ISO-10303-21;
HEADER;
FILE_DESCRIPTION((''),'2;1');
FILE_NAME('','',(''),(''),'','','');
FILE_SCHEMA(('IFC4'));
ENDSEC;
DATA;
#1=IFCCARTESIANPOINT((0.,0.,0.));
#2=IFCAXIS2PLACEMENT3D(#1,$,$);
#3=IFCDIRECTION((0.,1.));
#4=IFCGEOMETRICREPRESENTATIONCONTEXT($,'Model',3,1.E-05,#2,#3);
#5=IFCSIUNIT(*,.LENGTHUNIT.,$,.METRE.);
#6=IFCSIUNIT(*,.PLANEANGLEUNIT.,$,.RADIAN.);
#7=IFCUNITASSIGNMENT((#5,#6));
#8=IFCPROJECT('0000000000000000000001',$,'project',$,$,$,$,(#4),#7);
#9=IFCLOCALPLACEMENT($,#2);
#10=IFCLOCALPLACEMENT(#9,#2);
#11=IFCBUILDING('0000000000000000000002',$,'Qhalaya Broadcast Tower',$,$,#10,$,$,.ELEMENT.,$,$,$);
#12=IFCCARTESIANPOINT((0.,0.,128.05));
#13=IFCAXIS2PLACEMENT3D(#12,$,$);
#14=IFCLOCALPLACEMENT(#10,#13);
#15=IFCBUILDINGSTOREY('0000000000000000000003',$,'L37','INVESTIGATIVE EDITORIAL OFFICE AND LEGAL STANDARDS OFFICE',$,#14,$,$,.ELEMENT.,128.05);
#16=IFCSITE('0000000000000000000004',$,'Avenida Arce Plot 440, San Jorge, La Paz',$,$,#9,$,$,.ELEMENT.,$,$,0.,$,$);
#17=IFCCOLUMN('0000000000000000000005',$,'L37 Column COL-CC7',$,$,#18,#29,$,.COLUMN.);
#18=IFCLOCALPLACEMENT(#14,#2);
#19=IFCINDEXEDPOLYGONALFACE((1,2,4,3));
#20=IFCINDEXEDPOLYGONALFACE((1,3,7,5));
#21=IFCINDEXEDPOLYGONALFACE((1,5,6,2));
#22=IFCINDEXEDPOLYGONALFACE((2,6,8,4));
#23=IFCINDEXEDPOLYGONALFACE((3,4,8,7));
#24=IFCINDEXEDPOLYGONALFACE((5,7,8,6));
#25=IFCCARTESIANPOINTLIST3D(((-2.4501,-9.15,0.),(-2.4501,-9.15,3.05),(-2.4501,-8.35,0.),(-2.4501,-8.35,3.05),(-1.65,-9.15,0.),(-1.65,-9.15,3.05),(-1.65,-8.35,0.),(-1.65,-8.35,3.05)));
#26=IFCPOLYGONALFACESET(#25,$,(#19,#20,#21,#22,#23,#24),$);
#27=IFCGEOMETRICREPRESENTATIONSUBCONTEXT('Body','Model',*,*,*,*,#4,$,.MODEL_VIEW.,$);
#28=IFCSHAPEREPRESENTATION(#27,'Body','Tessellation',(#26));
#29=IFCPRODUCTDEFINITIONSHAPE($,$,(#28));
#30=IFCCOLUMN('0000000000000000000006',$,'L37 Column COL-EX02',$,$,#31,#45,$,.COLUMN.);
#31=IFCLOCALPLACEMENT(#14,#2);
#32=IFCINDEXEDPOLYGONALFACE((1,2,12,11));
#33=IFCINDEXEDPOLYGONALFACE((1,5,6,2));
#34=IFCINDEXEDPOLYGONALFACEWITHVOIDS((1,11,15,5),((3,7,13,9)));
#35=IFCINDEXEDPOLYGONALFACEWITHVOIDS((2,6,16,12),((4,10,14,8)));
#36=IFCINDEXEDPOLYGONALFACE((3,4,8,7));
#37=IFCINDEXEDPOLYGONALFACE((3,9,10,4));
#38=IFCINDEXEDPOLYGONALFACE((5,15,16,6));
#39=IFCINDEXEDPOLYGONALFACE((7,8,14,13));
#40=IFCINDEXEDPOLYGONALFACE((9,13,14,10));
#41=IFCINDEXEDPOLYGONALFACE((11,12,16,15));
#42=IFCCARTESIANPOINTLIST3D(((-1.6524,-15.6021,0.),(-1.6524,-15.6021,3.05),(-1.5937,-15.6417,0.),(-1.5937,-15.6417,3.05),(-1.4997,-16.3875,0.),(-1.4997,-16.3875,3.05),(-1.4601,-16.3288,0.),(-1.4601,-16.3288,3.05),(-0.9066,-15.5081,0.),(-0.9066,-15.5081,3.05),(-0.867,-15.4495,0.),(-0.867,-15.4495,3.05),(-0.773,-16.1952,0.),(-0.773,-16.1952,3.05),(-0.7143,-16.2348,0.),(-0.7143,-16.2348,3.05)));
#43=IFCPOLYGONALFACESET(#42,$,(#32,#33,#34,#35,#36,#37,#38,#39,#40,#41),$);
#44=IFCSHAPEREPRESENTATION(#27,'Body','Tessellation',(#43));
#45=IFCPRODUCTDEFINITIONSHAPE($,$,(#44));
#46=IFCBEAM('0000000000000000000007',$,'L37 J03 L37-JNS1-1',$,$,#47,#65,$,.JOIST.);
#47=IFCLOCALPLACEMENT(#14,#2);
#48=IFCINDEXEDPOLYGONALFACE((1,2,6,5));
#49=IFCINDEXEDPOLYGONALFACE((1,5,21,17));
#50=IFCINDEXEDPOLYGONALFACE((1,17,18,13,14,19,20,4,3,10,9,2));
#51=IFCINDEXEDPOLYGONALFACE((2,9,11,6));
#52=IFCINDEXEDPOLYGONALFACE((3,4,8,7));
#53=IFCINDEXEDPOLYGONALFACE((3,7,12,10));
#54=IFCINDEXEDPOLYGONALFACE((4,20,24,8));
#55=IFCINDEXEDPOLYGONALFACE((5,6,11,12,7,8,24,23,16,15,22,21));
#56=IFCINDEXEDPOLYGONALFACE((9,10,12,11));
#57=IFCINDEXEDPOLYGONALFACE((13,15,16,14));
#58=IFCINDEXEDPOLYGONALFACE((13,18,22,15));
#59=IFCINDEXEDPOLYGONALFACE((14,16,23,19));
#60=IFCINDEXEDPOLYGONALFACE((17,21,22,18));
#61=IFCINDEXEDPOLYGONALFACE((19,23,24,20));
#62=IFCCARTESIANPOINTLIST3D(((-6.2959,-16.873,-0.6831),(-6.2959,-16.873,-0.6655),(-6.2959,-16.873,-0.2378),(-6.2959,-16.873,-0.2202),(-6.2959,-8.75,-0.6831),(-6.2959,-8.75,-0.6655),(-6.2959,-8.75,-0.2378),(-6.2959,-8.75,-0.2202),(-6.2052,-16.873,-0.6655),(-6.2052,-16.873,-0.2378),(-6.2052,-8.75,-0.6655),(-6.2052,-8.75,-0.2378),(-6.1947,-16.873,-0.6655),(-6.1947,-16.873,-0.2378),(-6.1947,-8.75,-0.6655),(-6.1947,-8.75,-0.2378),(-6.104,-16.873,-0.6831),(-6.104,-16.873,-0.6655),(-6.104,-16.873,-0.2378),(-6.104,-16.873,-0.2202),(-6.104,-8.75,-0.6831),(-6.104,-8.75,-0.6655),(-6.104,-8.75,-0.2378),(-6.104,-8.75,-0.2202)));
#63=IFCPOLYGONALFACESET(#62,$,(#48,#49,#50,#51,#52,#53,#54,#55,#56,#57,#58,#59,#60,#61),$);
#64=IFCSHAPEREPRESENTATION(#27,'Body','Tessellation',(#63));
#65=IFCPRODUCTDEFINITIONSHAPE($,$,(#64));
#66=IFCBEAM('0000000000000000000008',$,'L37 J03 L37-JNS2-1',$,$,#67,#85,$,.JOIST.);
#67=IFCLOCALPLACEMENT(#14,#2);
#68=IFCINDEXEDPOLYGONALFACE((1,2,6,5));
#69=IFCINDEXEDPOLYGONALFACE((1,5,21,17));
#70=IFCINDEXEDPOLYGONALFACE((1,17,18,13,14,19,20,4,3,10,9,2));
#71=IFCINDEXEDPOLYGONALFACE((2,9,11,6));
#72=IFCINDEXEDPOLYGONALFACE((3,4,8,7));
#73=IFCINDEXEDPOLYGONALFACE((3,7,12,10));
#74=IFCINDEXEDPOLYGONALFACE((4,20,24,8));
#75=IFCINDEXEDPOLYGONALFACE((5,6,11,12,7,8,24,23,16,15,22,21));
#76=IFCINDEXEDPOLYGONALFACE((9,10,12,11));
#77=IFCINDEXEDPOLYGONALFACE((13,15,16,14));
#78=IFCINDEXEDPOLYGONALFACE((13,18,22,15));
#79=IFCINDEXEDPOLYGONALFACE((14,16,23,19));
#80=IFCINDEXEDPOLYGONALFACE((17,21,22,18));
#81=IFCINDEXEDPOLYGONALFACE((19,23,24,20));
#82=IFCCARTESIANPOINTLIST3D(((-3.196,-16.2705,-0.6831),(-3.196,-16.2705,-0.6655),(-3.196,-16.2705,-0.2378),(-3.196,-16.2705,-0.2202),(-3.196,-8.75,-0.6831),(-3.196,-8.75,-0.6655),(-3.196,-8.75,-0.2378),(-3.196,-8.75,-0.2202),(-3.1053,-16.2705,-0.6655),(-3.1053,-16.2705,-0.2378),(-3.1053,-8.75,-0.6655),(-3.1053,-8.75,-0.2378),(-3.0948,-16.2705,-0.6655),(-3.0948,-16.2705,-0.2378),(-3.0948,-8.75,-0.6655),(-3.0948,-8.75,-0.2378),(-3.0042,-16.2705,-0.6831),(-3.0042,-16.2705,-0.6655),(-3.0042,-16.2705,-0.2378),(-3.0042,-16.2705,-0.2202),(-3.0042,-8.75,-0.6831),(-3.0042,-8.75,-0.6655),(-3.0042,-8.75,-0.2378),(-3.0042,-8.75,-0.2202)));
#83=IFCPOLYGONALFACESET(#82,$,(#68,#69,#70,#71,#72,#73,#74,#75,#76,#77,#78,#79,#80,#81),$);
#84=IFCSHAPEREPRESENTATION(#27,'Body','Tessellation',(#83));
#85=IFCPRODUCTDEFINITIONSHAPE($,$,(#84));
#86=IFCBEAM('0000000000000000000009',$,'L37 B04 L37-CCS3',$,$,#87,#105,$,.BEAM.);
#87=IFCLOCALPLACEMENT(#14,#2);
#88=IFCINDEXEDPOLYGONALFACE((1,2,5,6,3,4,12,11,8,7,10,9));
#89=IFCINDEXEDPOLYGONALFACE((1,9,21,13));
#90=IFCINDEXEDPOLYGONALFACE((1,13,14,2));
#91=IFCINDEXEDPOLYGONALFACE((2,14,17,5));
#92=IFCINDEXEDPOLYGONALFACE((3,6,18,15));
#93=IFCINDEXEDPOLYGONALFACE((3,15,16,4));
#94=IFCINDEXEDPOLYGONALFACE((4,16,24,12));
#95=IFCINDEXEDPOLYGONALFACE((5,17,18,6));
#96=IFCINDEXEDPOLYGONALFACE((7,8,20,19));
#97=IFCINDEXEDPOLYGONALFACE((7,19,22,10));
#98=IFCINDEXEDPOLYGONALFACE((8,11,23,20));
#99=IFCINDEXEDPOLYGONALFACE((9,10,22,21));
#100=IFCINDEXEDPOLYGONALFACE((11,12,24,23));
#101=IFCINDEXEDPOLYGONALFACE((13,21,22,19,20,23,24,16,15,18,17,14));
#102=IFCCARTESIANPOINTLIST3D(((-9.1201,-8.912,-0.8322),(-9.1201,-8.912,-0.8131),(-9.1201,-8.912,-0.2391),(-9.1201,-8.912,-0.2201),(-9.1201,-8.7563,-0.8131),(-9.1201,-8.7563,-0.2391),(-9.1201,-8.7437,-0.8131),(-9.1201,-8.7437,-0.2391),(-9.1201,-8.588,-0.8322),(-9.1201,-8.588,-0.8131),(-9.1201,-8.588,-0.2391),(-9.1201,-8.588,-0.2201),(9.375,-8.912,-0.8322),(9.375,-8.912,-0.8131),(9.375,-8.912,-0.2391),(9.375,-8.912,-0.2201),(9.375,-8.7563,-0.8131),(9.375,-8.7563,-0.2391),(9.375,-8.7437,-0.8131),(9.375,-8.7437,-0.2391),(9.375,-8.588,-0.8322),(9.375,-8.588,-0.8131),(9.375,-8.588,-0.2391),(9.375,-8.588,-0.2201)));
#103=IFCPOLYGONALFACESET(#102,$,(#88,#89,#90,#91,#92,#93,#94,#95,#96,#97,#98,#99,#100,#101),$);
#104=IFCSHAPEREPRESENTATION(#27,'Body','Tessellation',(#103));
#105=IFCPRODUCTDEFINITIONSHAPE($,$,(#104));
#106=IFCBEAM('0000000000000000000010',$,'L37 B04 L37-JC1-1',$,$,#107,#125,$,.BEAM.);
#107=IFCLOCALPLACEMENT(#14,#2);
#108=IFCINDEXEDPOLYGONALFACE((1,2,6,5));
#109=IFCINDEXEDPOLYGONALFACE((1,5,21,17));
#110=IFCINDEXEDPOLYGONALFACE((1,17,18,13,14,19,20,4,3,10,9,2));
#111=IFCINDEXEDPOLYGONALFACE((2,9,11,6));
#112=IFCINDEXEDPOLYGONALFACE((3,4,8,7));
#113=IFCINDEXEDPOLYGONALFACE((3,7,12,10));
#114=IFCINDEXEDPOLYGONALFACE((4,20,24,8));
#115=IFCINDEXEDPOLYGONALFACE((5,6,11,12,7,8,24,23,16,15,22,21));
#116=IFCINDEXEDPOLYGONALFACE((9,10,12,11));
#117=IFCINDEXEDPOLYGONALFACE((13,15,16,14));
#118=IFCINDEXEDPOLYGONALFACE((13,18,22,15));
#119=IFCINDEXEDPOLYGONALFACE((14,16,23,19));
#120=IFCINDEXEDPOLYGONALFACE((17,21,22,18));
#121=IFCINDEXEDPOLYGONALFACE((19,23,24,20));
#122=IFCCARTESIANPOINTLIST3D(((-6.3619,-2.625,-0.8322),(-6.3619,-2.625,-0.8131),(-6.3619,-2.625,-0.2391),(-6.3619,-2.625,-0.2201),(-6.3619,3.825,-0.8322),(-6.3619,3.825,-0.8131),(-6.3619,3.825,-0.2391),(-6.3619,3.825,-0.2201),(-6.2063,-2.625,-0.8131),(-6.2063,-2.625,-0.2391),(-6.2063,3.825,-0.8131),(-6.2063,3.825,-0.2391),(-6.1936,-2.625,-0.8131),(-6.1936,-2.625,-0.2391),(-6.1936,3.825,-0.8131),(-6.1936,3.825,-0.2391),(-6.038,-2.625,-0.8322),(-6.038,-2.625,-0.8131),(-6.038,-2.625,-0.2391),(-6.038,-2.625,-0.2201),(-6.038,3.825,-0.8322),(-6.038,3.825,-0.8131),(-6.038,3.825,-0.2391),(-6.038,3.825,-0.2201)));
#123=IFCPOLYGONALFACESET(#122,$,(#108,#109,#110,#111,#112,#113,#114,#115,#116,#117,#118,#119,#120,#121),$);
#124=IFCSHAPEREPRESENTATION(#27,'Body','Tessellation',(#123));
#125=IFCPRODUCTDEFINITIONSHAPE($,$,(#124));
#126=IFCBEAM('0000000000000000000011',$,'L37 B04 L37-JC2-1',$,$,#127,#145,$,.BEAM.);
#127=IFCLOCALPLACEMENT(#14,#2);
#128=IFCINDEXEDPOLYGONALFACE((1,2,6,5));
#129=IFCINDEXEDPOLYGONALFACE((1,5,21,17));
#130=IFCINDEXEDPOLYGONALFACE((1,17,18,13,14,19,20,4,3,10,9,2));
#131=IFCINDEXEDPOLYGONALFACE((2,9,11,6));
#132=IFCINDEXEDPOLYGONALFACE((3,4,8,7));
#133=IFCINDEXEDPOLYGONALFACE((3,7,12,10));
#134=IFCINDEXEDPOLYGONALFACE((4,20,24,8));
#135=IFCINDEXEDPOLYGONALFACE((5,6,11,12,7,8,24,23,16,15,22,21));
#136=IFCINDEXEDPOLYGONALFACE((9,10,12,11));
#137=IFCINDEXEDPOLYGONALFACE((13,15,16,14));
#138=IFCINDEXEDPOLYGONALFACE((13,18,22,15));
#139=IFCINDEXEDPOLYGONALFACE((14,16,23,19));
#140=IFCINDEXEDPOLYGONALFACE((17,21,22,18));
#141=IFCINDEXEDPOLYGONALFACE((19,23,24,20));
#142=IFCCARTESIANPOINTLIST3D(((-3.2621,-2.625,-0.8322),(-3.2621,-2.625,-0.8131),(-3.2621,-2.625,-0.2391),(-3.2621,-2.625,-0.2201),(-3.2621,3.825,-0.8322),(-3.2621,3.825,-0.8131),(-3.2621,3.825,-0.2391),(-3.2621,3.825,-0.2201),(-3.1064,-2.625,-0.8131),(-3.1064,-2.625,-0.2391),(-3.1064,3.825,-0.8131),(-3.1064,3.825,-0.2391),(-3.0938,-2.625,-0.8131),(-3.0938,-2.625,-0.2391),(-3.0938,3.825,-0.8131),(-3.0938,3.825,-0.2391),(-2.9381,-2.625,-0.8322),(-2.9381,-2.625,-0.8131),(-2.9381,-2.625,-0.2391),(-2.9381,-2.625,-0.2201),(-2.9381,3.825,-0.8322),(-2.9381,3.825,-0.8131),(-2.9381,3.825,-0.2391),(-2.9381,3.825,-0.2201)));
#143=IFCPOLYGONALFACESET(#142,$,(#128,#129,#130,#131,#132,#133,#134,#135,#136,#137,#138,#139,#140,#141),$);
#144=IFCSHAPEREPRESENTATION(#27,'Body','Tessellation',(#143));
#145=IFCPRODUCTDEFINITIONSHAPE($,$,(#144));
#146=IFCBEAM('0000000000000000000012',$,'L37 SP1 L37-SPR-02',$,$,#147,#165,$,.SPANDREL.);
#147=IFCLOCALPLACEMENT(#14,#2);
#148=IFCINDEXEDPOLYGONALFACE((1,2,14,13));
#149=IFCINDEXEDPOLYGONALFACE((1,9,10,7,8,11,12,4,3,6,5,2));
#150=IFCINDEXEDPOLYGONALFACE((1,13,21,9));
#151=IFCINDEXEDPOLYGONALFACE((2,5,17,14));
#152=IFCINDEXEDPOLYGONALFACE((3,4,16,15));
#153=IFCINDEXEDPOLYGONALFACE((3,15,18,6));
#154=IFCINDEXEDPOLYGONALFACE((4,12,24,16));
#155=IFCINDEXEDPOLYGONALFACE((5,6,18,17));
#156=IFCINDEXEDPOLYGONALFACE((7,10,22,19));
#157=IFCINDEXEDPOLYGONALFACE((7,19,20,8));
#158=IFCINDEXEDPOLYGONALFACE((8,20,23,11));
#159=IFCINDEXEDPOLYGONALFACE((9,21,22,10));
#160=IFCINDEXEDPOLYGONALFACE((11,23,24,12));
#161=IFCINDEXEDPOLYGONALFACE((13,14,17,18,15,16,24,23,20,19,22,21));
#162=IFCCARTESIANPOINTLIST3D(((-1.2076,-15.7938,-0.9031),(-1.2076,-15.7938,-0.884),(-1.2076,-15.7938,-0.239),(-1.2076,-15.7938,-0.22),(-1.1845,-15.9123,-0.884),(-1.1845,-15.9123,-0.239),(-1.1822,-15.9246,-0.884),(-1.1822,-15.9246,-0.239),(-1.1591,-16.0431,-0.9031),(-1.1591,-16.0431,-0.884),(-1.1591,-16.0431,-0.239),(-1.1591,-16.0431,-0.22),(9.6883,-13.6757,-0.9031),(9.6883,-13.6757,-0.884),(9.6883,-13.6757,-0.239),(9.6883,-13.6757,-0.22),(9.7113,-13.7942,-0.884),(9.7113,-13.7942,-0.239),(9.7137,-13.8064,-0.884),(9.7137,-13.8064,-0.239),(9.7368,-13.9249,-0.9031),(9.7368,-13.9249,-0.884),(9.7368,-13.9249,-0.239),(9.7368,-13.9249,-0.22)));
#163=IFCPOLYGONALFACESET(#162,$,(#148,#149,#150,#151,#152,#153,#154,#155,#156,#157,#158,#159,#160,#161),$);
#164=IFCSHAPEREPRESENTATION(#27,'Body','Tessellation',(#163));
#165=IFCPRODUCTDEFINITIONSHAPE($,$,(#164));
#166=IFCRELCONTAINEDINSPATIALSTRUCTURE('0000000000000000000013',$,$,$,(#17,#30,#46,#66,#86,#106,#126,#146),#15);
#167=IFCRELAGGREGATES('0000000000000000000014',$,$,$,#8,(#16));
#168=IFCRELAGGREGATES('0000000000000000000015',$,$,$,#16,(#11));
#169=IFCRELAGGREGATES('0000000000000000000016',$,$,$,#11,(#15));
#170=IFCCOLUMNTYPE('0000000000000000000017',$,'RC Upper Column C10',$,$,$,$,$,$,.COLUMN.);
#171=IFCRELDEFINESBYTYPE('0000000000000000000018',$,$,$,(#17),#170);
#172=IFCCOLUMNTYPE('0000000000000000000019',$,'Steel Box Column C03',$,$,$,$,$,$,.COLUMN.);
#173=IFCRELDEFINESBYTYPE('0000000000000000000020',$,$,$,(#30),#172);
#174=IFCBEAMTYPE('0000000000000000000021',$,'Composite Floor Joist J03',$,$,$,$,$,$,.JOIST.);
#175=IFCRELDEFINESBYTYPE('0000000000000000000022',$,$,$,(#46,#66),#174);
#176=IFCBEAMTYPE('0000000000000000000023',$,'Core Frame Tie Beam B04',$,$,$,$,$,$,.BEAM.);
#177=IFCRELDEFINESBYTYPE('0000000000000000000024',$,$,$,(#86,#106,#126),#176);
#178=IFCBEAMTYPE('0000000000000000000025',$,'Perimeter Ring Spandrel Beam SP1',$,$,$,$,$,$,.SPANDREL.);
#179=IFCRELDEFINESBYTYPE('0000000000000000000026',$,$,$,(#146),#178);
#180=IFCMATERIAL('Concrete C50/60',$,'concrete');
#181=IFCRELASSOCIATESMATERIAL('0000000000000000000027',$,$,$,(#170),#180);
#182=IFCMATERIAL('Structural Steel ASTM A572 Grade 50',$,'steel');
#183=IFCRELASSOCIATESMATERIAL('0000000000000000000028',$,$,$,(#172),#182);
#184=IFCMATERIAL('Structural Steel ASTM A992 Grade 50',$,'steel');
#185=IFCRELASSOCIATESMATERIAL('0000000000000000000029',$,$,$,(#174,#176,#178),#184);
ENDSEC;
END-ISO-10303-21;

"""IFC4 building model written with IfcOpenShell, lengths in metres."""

from ifc_helpers import new_model, si_unit, direction, frame, origin, origin_2d, place, context, subcontext, project, spatial, rectangle, hollow_rectangle, i_section, extrude, material, material_profile, profile_set, type_object, element, save


model = new_model("IFC4")

# Units and contexts
model_context = context("Model", 3, precision=1e-05, world=origin(), true_north=direction((0.0, 1.0)))
body_context = subcontext(model_context, "Body", "Model", "MODEL_VIEW")
ifc_project = project(units=[si_unit("LENGTHUNIT", "METRE"), si_unit("PLANEANGLEUNIT", "RADIAN")], contexts=[model_context])

# Site, building, storey
site_placement = place(None, origin())
site = spatial("IfcSite", under=ifc_project, at=site_placement, Name="Avenida Arce Plot 440, San Jorge, La Paz", CompositionType="ELEMENT", RefElevation=0.0)
building_placement = place(site_placement, origin())
building = spatial("IfcBuilding", under=site, at=building_placement, Name="Qhalaya Broadcast Tower", CompositionType="ELEMENT")
storey_placement = place(building_placement, frame((0.0, 0.0, 128.05)))
storey = spatial("IfcBuildingStorey", under=building, at=storey_placement, Name="L37", Description="INVESTIGATIVE EDITORIAL OFFICE AND LEGAL STANDARDS OFFICE", CompositionType="ELEMENT", Elevation=128.05)

# Columns
ifc_material_1 = material(Name="Concrete C50/60", Category="concrete")
ifc_material_profile_1 = material_profile(ifc_material_1, rectangle(XDim=0.8, YDim=0.8, at=origin_2d()), Name="RC-COL 800x800")
ifc_profile_set_1 = profile_set([ifc_material_profile_1], Name="Concrete C50/60")
column_type_1 = type_object("IfcColumnType", Name="RC Upper Column C10", PredefinedType="COLUMN", material=ifc_profile_set_1)
column_1_placement = place(storey_placement, frame((-2.05, -8.75, 0.0), z_axis=(0.0, 0.0, 1.0), x_axis=(1.0, 0.0, 0.0)))
element("IfcColumn", 1, at=column_1_placement, inside=storey, type_object=column_type_1, Name="L37 Column COL-CC7", PredefinedType="COLUMN", context=body_context, shape_type="SweptSolid", body=[
    extrude(rectangle(XDim=0.8, YDim=0.8, at=origin_2d()), origin(), (0.0, 0.0, 1.0), 3.05),
])
ifc_material_2 = material(Name="Structural Steel ASTM A572 Grade 50", Category="steel")
ifc_material_profile_2 = material_profile(ifc_material_2, hollow_rectangle(XDim=0.8, YDim=0.8, WallThickness=0.05, at=origin_2d()), Name="BOX 800x800x50")
ifc_profile_set_2 = profile_set([ifc_material_profile_2], Name="Structural Steel ASTM A572 Grade 50")
column_type_2 = type_object("IfcColumnType", Name="Steel Box Column C03", PredefinedType="COLUMN", material=ifc_profile_set_2)
column_2_placement = place(storey_placement, frame((-1.1833, -15.9185, 0.0), z_axis=(0.0, 0.0, 1.0), x_axis=(0.981627, 0.190809, 0.0)))
element("IfcColumn", 2, at=column_2_placement, inside=storey, type_object=column_type_2, Name="L37 Column COL-EX02", PredefinedType="COLUMN", context=body_context, shape_type="SweptSolid", body=[
    extrude(hollow_rectangle(XDim=0.8, YDim=0.8, WallThickness=0.05, at=origin_2d()), origin(), (0.0, 0.0, 1.0), 3.05),
])

# Beams
ifc_material_3 = material(Name="Structural Steel ASTM A992 Grade 50", Category="steel")
ifc_material_profile_3 = material_profile(ifc_material_3, i_section(OverallWidth=0.1919, OverallDepth=0.4629, WebThickness=0.0105, FlangeThickness=0.0176, at=origin_2d()), Name="W18X60")
ifc_profile_set_3 = profile_set([ifc_material_profile_3], Name="Structural Steel ASTM A992 Grade 50")
beam_type_1 = type_object("IfcBeamType", Name="Composite Floor Joist J03", PredefinedType="JOIST", material=ifc_profile_set_3)
beam_1_placement = place(storey_placement, frame((-6.2, -16.873, -0.4517), z_axis=(0.0, 1.0, 0.0), x_axis=(-1.0, 0.0, 0.0)))
element("IfcBeam", 3, at=beam_1_placement, inside=storey, type_object=beam_type_1, Name="L37 J03 L37-JNS1-1", PredefinedType="JOIST", context=body_context, shape_type="SweptSolid", body=[
    extrude(i_section(OverallWidth=0.1919, OverallDepth=0.4629, WebThickness=0.0105, FlangeThickness=0.0176, at=origin_2d()), origin(), (0.0, 0.0, 1.0), 8.123),
])
beam_2_placement = place(storey_placement, frame((-3.1001, -16.2705, -0.4517), z_axis=(0.0, 1.0, 0.0), x_axis=(-1.0, 0.0, 0.0)))
element("IfcBeam", 4, at=beam_2_placement, inside=storey, type_object=beam_type_1, Name="L37 J03 L37-JNS2-1", PredefinedType="JOIST", context=body_context, shape_type="SweptSolid", body=[
    extrude(i_section(OverallWidth=0.1919, OverallDepth=0.4629, WebThickness=0.0105, FlangeThickness=0.0176, at=origin_2d()), origin(), (0.0, 0.0, 1.0), 7.5205),
])
ifc_material_profile_4 = material_profile(ifc_material_3, i_section(OverallWidth=0.324, OverallDepth=0.6121, WebThickness=0.0127, FlangeThickness=0.019, at=origin_2d()), Name="W24X104")
ifc_profile_set_4 = profile_set([ifc_material_profile_4], Name="Structural Steel ASTM A992 Grade 50")
beam_type_2 = type_object("IfcBeamType", Name="Core Frame Tie Beam B04", PredefinedType="BEAM", material=ifc_profile_set_4)
beam_3_placement = place(storey_placement, frame((-9.1201, -8.75, -0.5261), z_axis=(1.0, 0.0, 0.0), x_axis=(0.0, 1.0, 0.0)))
element("IfcBeam", 5, at=beam_3_placement, inside=storey, type_object=beam_type_2, Name="L37 B04 L37-CCS3", PredefinedType="BEAM", context=body_context, shape_type="SweptSolid", body=[
    extrude(i_section(OverallWidth=0.324, OverallDepth=0.6121, WebThickness=0.0127, FlangeThickness=0.019, at=origin_2d()), origin(), (0.0, 0.0, 1.0), 18.4951),
])
for number, where, z_axis, x_axis, name in (
    (6, (-6.2, -2.625, -0.5261), (0.0, 1.0, 0.0), (-1.0, 0.0, 0.0), "L37 B04 L37-JC1-1"),
    (7, (-3.1001, -2.625, -0.5261), (0.0, 1.0, 0.0), (-1.0, 0.0, 0.0), "L37 B04 L37-JC2-1"),
):
    element("IfcBeam", number, at=place(storey_placement, frame(where, z_axis=z_axis, x_axis=x_axis)), inside=storey, type_object=beam_type_2, Name=name, PredefinedType="BEAM", context=body_context, shape_type="SweptSolid", body=[
        extrude(i_section(OverallWidth=0.324, OverallDepth=0.6121, WebThickness=0.0127, FlangeThickness=0.019, at=origin_2d()), origin(), (0.0, 0.0, 1.0), 6.45),
    ])
ifc_material_profile_5 = material_profile(ifc_material_3, i_section(OverallWidth=0.2539, OverallDepth=0.6831, WebThickness=0.0125, FlangeThickness=0.019, at=origin_2d()), Name="W27X94")
ifc_profile_set_5 = profile_set([ifc_material_profile_5], Name="Structural Steel ASTM A992 Grade 50")
beam_type_3 = type_object("IfcBeamType", Name="Perimeter Ring Spandrel Beam SP1", PredefinedType="SPANDREL", material=ifc_profile_set_5)
beam_4_placement = place(storey_placement, frame((-1.1833, -15.9185, -0.5615), z_axis=(0.981624, 0.190826, 0.0), x_axis=(-0.190826, 0.981624, 0.0)))
element("IfcBeam", 8, at=beam_4_placement, inside=storey, type_object=beam_type_3, Name="L37 SP1 L37-SPR-02", PredefinedType="SPANDREL", context=body_context, shape_type="SweptSolid", body=[
    extrude(i_section(OverallWidth=0.2539, OverallDepth=0.6831, WebThickness=0.0125, FlangeThickness=0.019, at=origin_2d()), origin(), (0.0, 0.0, 1.0), 11.0999),
])

save(model, "model.ifc")
